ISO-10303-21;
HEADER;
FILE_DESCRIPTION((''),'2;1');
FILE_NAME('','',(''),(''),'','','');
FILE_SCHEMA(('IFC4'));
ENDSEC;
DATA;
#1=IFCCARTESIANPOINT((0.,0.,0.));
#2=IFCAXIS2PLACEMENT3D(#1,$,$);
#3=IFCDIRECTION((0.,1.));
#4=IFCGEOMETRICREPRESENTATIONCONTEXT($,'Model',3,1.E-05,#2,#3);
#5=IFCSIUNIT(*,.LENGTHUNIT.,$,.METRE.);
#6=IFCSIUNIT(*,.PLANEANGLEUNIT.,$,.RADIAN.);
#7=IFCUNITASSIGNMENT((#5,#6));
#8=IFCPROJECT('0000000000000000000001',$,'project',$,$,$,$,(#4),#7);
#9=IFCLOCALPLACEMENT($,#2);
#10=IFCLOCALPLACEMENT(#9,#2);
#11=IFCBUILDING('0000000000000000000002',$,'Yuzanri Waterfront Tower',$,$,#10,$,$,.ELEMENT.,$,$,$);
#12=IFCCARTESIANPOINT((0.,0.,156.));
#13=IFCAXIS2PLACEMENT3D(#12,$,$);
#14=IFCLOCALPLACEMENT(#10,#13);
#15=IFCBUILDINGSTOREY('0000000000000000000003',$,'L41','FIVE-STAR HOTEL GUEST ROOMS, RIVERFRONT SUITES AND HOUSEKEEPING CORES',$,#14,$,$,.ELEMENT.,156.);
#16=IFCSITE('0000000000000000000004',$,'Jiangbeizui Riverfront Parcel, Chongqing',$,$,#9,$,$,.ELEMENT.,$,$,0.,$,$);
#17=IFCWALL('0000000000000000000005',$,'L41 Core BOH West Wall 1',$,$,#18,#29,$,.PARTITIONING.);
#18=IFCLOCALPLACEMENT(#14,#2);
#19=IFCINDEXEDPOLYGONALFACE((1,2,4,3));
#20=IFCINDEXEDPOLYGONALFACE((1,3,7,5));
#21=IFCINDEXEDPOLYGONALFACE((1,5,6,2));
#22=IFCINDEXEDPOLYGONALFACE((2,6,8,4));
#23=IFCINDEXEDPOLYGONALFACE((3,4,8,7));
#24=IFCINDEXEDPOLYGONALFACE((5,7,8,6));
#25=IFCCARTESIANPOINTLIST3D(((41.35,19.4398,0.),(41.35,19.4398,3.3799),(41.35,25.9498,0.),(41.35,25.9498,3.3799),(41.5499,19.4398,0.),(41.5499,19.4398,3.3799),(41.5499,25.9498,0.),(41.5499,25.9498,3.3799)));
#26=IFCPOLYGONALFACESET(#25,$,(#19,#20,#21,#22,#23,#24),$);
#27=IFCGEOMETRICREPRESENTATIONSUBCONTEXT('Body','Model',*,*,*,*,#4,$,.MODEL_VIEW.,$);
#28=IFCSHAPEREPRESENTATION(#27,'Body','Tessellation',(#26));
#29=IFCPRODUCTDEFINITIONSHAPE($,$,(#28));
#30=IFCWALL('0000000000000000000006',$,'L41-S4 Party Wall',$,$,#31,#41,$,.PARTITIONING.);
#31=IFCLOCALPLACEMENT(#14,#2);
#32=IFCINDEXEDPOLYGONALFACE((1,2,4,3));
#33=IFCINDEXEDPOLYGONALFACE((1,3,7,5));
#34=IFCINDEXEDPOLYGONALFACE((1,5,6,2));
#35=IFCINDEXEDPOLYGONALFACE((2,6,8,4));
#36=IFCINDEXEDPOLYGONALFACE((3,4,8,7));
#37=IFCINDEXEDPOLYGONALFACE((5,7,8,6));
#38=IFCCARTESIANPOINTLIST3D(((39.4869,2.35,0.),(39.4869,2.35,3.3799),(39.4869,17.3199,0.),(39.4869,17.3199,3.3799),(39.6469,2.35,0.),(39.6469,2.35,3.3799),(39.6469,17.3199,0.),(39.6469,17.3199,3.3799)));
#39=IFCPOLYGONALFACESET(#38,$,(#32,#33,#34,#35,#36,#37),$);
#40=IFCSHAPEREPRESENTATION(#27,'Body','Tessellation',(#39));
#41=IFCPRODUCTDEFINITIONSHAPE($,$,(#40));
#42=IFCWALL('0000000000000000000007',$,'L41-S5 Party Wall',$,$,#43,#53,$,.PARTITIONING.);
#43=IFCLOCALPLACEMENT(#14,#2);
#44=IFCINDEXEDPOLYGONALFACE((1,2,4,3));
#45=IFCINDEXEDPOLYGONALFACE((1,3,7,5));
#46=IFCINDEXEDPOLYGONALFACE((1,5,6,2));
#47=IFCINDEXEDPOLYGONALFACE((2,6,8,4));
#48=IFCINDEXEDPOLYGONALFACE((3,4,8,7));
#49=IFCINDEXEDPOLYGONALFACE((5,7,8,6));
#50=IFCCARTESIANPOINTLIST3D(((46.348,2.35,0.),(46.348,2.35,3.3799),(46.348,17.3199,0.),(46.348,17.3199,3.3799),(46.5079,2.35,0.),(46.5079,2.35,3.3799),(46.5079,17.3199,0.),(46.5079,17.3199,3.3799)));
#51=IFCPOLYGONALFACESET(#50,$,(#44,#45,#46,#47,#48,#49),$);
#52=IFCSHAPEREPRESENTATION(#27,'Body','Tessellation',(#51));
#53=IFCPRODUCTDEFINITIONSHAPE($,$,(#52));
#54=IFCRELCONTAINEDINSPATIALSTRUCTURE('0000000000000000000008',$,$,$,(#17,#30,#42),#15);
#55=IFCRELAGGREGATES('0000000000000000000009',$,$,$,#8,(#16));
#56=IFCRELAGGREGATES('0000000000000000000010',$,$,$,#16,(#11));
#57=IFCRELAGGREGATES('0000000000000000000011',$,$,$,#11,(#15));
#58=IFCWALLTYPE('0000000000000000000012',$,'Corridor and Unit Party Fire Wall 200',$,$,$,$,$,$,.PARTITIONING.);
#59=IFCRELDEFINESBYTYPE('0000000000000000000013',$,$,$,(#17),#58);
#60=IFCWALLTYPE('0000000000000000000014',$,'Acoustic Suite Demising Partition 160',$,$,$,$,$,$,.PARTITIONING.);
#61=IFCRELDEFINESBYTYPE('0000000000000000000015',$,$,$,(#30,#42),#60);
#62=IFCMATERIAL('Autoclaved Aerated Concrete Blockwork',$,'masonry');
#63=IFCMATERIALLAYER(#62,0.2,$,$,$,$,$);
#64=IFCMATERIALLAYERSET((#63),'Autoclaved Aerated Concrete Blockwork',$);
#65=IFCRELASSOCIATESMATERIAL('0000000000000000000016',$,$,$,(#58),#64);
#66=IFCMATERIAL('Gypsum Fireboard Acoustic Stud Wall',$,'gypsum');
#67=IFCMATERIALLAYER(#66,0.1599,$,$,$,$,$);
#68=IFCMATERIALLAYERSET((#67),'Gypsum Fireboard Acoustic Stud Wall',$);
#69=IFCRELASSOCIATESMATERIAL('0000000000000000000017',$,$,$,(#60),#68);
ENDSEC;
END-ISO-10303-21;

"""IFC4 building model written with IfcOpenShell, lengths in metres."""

from ifc_helpers import new_model, si_unit, direction, frame, frame_2d, origin, place, context, subcontext, project, spatial, rectangle, extrude, source, transform, mapped, material, layer, layer_set, type_object, element, save


model = new_model("IFC4")

# Units and contexts
model_context = context("Model", 3, precision=1e-05, world=origin(), true_north=direction((0.0, 1.0)))
body_context = subcontext(model_context, "Body", "Model", "MODEL_VIEW")
ifc_project = project(units=[si_unit("LENGTHUNIT", "METRE"), si_unit("PLANEANGLEUNIT", "RADIAN")], contexts=[model_context])

# Site, building, storey
site_placement = place(None, origin())
site = spatial("IfcSite", under=ifc_project, at=site_placement, Name="Jiangbeizui Riverfront Parcel, Chongqing", CompositionType="ELEMENT", RefElevation=0.0)
building_placement = place(site_placement, origin())
building = spatial("IfcBuilding", under=site, at=building_placement, Name="Yuzanri Waterfront Tower", CompositionType="ELEMENT")
storey_placement = place(building_placement, frame((0.0, 0.0, 156.0)))
storey = spatial("IfcBuildingStorey", under=building, at=storey_placement, Name="L41", Description="FIVE-STAR HOTEL GUEST ROOMS, RIVERFRONT SUITES AND HOUSEKEEPING CORES", CompositionType="ELEMENT", Elevation=156.0)

# Shared definitions
ifc_material_1 = material(Name="Autoclaved Aerated Concrete Blockwork", Category="masonry")
ifc_layer_1 = layer(ifc_material_1, 0.2)
ifc_layer_set_1 = layer_set([ifc_layer_1], Name="Autoclaved Aerated Concrete Blockwork")
wall_type_1 = type_object("IfcWallType", Name="Corridor and Unit Party Fire Wall 200", PredefinedType="PARTITIONING", material=ifc_layer_set_1)

# Walls
shared_shape_1 = source(origin(), body_context, "Body", "SweptSolid", [
    extrude(rectangle(XDim=6.51, YDim=0.2, at=frame_2d((3.2549, 0.0))), origin(), (0.0, 0.0, 1.0), 3.3799),
])
wall_1_placement = place(storey_placement, frame((41.45, 19.4399, 0.0), z_axis=(0.0, 0.0, 1.0), x_axis=(0.0, 1.0, 0.0)))
element("IfcWall", 1, at=wall_1_placement, inside=storey, type_object=wall_type_1, Name="L41 Core BOH West Wall 1", PredefinedType="PARTITIONING", context=body_context, shape_type="MappedRepresentation", body=[
    mapped(shared_shape_1, transform((0.0, 0.0, 0.0), scale=1.0)),
])
ifc_material_2 = material(Name="Gypsum Fireboard Acoustic Stud Wall", Category="gypsum")
ifc_layer_2 = layer(ifc_material_2, 0.1599)
ifc_layer_set_2 = layer_set([ifc_layer_2], Name="Gypsum Fireboard Acoustic Stud Wall")
wall_type_2 = type_object("IfcWallType", Name="Acoustic Suite Demising Partition 160", PredefinedType="PARTITIONING", material=ifc_layer_set_2)
shared_shape_2 = source(origin(), body_context, "Body", "SweptSolid", [
    extrude(rectangle(XDim=14.97, YDim=0.1599, at=frame_2d((7.4849, 0.0))), origin(), (0.0, 0.0, 1.0), 3.3799),
])
for number, where, z_axis, x_axis, name in (
    (2, (39.5669, 2.3501, 0.0), (0.0, 0.0, 1.0), (0.0, 1.0, 0.0), "L41-S4 Party Wall"),
    (3, (46.428, 2.3501, 0.0), (0.0, 0.0, 1.0), (0.0, 1.0, 0.0), "L41-S5 Party Wall"),
):
    element("IfcWall", number, at=place(storey_placement, frame(where, z_axis=z_axis, x_axis=x_axis)), inside=storey, type_object=wall_type_2, Name=name, PredefinedType="PARTITIONING", context=body_context, shape_type="MappedRepresentation", body=[
        mapped(shared_shape_2, transform((0.0, 0.0, 0.0), scale=1.0)),
    ])

save(model, "model.ifc")
